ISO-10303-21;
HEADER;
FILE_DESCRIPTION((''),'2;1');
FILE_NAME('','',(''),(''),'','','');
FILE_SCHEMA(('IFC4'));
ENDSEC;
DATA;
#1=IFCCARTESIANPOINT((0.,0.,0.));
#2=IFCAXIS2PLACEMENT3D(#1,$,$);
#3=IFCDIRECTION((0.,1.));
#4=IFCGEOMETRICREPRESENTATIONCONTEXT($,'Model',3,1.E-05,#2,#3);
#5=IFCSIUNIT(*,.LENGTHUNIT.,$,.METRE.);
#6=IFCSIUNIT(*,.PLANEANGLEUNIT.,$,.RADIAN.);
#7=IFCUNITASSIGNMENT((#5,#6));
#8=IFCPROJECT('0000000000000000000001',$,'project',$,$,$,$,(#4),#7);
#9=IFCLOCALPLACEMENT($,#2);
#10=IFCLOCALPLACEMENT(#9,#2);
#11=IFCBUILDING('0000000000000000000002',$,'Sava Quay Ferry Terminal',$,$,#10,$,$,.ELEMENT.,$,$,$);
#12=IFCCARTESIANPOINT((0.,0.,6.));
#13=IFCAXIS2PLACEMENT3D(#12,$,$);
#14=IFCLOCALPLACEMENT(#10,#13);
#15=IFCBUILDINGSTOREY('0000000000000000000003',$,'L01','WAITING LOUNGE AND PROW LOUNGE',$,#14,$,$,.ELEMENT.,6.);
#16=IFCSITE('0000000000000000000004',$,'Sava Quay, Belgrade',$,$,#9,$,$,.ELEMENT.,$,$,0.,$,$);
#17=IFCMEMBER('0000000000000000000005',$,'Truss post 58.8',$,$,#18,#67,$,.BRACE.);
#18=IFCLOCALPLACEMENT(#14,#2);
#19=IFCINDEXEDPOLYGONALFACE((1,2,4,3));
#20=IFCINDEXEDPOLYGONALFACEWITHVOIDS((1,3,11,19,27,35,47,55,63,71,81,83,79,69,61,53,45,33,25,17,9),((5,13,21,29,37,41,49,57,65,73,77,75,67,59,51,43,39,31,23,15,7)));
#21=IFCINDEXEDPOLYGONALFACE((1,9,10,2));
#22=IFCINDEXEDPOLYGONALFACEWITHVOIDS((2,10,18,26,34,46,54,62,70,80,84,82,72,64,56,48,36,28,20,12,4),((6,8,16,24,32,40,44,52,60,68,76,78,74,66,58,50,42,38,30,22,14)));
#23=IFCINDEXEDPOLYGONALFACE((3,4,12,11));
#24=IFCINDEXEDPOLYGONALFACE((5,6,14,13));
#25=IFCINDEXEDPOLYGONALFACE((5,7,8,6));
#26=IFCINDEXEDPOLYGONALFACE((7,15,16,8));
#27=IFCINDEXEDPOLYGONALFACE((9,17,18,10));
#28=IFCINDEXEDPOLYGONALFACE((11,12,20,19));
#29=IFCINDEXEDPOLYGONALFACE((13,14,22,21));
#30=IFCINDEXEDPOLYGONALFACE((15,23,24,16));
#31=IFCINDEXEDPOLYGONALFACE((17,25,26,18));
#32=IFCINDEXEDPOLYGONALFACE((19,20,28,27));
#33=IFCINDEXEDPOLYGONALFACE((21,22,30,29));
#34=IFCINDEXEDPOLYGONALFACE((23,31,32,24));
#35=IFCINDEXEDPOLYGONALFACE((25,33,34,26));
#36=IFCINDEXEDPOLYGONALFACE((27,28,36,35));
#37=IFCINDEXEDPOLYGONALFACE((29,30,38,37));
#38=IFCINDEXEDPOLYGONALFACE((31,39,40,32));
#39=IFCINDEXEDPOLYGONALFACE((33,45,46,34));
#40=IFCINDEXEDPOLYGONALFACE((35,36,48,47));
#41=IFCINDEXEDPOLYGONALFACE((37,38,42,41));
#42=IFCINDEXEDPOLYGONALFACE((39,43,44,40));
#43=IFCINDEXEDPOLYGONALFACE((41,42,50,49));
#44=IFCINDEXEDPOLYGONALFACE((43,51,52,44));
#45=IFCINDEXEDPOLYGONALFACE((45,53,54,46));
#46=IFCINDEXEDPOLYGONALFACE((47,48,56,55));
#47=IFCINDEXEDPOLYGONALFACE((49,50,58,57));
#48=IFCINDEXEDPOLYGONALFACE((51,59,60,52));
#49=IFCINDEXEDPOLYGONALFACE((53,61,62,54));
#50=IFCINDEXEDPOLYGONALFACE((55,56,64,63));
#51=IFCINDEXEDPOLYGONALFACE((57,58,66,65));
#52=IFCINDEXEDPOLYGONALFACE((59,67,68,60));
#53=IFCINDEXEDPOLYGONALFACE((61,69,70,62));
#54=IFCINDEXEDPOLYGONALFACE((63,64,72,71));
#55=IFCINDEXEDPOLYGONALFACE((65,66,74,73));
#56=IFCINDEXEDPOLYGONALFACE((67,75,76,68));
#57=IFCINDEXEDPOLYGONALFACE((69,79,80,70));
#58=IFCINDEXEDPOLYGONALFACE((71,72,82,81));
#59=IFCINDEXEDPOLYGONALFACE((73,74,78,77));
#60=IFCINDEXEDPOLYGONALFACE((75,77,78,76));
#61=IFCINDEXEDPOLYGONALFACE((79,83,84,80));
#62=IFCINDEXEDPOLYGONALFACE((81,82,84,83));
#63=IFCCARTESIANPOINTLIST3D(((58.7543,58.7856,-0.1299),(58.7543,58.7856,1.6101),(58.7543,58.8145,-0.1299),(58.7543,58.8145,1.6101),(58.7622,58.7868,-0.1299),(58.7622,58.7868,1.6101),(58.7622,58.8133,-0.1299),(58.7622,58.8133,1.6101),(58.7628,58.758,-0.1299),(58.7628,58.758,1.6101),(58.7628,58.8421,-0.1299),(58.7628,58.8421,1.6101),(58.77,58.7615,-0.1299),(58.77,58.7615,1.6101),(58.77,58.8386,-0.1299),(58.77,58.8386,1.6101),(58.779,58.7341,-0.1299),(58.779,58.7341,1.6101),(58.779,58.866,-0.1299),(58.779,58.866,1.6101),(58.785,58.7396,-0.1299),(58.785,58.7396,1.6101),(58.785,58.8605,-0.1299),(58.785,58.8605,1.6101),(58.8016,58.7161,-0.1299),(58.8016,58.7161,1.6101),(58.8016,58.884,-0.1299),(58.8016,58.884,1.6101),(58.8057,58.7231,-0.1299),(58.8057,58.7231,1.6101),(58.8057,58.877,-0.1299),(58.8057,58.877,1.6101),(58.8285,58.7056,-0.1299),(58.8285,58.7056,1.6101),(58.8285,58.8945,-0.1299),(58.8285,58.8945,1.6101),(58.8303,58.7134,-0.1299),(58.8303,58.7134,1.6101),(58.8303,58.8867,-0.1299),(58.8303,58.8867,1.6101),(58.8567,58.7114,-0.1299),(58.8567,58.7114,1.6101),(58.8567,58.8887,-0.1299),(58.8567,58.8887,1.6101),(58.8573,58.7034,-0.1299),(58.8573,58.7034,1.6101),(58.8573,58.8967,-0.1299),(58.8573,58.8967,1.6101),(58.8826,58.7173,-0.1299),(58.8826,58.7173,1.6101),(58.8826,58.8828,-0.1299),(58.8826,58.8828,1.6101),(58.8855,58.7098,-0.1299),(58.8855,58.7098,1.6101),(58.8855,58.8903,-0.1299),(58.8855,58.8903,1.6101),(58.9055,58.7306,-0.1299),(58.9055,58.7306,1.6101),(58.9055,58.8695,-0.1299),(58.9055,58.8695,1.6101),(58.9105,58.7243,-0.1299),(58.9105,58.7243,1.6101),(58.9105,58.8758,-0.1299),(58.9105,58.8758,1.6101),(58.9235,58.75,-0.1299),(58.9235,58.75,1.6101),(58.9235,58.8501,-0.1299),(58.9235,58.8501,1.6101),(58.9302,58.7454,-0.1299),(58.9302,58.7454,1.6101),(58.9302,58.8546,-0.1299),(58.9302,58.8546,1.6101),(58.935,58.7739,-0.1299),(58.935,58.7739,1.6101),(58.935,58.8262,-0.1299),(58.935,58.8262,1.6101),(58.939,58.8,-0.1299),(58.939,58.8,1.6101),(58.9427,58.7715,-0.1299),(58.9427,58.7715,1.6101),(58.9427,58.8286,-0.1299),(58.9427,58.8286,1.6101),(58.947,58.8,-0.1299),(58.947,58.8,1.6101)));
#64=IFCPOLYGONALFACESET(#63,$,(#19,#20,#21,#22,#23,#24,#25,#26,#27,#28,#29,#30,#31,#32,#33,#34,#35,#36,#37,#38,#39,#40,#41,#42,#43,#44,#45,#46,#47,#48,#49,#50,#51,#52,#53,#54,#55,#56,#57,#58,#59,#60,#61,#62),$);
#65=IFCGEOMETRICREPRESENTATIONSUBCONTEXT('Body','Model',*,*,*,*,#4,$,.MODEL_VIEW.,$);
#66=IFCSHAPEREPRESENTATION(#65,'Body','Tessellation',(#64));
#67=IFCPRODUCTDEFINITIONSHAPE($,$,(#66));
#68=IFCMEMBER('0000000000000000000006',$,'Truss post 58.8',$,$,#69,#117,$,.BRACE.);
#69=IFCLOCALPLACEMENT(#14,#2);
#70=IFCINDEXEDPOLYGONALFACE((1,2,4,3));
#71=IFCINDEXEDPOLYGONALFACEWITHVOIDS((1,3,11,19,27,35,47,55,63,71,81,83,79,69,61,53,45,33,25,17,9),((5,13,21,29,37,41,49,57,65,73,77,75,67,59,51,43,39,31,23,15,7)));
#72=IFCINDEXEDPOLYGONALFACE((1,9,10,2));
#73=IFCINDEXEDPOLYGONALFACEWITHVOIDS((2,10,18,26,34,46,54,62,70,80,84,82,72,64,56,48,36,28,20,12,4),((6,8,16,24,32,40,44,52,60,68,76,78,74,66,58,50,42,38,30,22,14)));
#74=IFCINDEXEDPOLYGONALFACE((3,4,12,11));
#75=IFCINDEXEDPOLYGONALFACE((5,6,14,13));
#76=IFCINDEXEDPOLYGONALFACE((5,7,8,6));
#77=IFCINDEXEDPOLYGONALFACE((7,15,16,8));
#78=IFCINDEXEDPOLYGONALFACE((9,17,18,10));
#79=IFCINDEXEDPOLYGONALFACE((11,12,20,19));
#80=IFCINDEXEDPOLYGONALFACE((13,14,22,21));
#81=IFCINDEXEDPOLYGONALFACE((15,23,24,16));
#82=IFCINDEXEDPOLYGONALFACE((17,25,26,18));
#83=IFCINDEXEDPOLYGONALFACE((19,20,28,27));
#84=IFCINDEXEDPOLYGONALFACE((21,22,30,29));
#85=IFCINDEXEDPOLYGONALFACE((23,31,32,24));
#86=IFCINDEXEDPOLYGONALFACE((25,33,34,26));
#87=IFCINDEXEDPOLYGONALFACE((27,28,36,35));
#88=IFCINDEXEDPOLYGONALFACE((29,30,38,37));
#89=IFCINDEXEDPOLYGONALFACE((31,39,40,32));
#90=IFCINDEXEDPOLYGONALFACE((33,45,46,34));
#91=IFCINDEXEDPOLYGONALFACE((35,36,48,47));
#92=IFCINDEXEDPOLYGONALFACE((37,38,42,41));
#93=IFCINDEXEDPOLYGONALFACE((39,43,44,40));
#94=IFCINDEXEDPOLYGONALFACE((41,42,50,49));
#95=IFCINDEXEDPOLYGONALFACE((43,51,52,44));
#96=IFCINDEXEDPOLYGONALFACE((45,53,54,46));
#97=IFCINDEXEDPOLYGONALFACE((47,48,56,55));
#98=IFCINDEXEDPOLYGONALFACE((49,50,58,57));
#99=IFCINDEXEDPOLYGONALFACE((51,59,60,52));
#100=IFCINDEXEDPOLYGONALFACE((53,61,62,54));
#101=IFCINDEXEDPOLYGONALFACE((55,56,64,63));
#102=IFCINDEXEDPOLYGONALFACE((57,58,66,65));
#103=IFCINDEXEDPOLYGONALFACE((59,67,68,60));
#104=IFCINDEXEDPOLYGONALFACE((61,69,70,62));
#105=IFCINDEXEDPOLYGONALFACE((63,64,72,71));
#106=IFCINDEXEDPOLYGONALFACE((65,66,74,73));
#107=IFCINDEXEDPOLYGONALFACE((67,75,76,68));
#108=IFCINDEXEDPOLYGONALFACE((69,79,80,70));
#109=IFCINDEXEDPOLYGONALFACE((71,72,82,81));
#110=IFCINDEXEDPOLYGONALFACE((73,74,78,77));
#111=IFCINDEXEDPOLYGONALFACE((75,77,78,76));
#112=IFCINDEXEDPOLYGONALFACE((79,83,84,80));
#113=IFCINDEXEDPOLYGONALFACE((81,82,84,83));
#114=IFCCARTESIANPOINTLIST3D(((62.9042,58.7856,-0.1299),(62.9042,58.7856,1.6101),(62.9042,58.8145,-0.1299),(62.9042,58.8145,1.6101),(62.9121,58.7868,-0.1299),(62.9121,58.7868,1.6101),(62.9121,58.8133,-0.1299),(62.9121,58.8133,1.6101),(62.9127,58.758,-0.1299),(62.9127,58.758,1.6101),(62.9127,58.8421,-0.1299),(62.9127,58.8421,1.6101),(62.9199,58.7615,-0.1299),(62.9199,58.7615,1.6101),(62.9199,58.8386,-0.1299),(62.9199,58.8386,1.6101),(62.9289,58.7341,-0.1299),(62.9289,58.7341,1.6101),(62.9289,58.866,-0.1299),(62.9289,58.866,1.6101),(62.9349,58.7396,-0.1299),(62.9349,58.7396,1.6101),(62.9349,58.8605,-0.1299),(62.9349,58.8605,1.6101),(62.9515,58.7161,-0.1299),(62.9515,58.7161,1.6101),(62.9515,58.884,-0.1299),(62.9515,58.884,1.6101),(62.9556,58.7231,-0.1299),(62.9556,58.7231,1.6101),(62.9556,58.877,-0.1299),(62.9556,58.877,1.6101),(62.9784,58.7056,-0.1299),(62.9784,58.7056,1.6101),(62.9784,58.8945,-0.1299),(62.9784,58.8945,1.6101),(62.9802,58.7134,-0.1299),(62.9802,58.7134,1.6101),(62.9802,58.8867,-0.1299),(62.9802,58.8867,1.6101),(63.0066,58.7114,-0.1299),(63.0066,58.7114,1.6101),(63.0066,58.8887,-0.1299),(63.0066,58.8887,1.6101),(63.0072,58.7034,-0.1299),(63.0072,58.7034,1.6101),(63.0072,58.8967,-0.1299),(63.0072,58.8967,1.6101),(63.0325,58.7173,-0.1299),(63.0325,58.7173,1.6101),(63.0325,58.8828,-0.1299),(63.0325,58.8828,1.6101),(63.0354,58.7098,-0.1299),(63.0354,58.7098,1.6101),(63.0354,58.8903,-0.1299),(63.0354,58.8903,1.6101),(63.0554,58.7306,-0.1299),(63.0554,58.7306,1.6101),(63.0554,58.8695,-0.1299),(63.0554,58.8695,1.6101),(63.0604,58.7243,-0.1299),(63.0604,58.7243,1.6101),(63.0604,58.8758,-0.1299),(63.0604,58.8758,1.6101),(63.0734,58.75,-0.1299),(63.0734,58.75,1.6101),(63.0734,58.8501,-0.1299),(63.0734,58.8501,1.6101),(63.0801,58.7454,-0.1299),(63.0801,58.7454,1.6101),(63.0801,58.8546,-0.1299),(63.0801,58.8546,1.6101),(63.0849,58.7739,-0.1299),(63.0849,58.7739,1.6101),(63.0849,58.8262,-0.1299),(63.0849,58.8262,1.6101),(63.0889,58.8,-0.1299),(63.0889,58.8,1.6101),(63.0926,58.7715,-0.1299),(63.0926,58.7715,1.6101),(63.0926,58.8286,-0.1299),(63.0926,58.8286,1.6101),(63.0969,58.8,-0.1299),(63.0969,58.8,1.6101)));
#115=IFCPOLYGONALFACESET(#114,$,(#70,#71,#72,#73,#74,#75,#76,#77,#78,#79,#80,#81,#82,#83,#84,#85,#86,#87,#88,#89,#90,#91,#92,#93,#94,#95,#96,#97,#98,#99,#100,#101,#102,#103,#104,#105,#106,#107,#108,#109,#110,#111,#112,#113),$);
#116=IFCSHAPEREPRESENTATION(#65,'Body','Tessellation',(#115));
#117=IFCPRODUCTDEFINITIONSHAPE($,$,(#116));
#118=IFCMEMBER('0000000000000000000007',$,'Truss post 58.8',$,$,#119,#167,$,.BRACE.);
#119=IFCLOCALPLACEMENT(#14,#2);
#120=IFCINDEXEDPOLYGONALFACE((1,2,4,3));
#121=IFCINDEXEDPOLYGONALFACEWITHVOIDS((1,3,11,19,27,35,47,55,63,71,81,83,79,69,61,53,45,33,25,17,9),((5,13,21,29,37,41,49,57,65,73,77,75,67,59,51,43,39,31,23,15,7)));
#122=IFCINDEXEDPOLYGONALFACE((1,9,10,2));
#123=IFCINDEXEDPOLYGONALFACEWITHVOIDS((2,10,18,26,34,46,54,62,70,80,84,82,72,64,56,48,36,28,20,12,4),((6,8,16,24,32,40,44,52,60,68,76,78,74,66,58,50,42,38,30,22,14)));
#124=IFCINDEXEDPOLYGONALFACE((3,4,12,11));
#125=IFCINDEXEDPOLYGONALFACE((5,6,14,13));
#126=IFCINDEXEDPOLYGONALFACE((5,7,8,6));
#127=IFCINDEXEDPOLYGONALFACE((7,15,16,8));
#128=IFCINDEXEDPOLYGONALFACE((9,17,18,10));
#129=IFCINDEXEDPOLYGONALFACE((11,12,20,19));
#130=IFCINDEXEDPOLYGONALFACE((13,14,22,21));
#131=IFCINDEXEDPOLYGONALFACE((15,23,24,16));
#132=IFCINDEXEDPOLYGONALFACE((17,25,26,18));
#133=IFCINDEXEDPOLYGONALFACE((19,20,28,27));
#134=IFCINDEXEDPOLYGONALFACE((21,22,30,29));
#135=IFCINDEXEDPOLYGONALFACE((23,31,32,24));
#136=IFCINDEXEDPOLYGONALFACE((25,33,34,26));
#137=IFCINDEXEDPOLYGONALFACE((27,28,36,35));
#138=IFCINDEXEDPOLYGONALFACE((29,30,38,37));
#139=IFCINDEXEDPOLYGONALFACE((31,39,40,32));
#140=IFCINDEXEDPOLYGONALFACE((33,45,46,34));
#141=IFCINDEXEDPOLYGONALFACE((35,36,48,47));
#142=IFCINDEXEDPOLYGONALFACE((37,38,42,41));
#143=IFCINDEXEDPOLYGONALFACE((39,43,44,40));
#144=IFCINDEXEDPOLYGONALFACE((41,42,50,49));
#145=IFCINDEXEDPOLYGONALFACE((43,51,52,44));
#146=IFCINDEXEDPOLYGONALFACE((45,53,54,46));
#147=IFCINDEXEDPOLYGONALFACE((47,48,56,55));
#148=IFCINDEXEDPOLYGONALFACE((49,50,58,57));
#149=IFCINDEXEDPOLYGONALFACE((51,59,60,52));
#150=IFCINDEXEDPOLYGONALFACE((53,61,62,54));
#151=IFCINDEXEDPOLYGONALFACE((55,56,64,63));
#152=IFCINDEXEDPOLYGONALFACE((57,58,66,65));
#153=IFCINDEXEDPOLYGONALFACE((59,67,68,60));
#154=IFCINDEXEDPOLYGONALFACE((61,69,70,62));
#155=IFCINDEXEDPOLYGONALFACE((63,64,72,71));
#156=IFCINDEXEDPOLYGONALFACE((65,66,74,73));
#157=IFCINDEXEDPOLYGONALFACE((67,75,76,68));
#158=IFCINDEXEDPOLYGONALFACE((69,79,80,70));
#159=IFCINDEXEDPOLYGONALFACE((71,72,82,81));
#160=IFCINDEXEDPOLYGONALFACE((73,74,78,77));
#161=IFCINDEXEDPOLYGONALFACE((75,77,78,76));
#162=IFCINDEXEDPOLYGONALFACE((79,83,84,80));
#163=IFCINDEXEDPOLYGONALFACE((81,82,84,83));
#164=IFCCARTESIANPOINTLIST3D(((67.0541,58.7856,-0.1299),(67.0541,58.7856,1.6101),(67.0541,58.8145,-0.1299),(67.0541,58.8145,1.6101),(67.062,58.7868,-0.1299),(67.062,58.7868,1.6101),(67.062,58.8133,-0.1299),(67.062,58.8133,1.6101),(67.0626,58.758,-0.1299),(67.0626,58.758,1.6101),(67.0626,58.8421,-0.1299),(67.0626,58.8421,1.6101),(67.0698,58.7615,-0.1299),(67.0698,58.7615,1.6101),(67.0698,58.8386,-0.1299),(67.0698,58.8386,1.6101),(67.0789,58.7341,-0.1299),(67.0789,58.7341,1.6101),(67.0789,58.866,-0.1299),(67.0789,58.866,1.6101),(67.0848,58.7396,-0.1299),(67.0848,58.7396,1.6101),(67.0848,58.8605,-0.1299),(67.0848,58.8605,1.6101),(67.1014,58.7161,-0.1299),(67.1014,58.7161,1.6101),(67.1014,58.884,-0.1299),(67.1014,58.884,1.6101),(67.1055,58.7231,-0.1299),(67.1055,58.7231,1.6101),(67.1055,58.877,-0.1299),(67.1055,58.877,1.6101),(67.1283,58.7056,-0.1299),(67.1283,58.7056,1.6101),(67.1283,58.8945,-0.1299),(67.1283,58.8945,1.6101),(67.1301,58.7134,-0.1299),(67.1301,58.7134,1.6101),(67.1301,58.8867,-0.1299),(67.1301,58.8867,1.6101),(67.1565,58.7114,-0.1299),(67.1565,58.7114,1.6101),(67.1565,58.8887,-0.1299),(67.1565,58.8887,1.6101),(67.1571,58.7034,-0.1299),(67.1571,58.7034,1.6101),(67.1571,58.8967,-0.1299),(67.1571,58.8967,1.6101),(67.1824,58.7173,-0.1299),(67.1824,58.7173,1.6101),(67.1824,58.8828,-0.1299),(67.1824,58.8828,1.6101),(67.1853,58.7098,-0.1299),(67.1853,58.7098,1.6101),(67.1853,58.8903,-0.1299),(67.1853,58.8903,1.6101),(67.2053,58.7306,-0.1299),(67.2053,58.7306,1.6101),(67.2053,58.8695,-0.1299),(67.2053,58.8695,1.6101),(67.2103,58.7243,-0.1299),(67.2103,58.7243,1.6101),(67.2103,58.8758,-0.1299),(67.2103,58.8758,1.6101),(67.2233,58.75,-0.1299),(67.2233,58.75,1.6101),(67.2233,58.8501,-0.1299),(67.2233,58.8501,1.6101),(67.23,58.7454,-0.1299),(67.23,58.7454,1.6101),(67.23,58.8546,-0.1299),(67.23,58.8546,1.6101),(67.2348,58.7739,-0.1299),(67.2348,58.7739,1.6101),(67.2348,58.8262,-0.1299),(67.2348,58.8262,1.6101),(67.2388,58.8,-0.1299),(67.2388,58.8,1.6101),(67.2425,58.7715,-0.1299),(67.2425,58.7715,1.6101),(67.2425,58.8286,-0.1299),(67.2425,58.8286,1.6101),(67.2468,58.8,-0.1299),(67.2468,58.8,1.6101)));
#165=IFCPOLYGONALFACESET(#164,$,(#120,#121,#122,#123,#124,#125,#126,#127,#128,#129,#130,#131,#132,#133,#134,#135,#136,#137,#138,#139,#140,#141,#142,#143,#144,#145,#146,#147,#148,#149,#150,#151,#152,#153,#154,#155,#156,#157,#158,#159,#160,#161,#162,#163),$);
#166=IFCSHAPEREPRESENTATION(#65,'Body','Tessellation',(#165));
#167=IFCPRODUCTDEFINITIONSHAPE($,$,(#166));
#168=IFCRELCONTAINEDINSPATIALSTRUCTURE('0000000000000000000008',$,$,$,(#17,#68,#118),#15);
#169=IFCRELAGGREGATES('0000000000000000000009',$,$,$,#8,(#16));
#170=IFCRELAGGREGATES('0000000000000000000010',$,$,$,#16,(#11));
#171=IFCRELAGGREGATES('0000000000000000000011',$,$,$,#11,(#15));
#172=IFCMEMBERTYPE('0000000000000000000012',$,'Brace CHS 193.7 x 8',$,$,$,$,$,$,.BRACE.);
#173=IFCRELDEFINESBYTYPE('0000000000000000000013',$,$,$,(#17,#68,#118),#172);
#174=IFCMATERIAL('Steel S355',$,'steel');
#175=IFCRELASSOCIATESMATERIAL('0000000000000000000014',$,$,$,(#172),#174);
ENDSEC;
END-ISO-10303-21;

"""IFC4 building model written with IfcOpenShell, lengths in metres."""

from ifc_helpers import new_model, si_unit, direction, frame, origin, origin_2d, place, context, subcontext, project, spatial, hollow_circle, extrude, material, material_profile, profile_set, type_object, element, save


model = new_model("IFC4")

# Units and contexts
model_context = context("Model", 3, precision=1e-05, world=origin(), true_north=direction((0.0, 1.0)))
body_context = subcontext(model_context, "Body", "Model", "MODEL_VIEW")
ifc_project = project(units=[si_unit("LENGTHUNIT", "METRE"), si_unit("PLANEANGLEUNIT", "RADIAN")], contexts=[model_context])

# Site, building, storey
site_placement = place(None, origin())
site = spatial("IfcSite", under=ifc_project, at=site_placement, Name="Sava Quay, Belgrade", CompositionType="ELEMENT", RefElevation=0.0)
building_placement = place(site_placement, origin())
building = spatial("IfcBuilding", under=site, at=building_placement, Name="Sava Quay Ferry Terminal", CompositionType="ELEMENT")
storey_placement = place(building_placement, frame((0.0, 0.0, 6.0)))
storey = spatial("IfcBuildingStorey", under=building, at=storey_placement, Name="L01", Description="WAITING LOUNGE AND PROW LOUNGE", CompositionType="ELEMENT", Elevation=6.0)

# Members
ifc_material_1 = material(Name="Steel S355", Category="steel")
ifc_material_profile_1 = material_profile(ifc_material_1, hollow_circle(Radius=0.0969, WallThickness=0.0081, at=origin_2d()), Name="CHS 193.7 x 8")
ifc_profile_set_1 = profile_set([ifc_material_profile_1], Name="Steel S355")
member_type_1 = type_object("IfcMemberType", Name="Brace CHS 193.7 x 8", PredefinedType="BRACE", material=ifc_profile_set_1)
for number, where, z_axis, x_axis, name in (
    (1, (58.8501, 58.8, -0.1299), (0.0, 0.0, 1.0), (1.0, 0.0, 0.0), "Truss post 58.8"),
    (2, (63.0, 58.8, -0.1299), (0.0, 0.0, 1.0), (1.0, 0.0, 0.0), "Truss post 58.8"),
    (3, (67.1499, 58.8, -0.1299), (0.0, 0.0, 1.0), (1.0, 0.0, 0.0), "Truss post 58.8"),
):
    element("IfcMember", number, at=place(storey_placement, frame(where, z_axis=z_axis, x_axis=x_axis)), inside=storey, type_object=member_type_1, Name=name, PredefinedType="BRACE", context=body_context, shape_type="SweptSolid", body=[
        extrude(hollow_circle(Radius=0.0969, WallThickness=0.0081, at=origin_2d()), origin(), (0.0, 0.0, 1.0), 1.74),
    ])

save(model, "model.ifc")
